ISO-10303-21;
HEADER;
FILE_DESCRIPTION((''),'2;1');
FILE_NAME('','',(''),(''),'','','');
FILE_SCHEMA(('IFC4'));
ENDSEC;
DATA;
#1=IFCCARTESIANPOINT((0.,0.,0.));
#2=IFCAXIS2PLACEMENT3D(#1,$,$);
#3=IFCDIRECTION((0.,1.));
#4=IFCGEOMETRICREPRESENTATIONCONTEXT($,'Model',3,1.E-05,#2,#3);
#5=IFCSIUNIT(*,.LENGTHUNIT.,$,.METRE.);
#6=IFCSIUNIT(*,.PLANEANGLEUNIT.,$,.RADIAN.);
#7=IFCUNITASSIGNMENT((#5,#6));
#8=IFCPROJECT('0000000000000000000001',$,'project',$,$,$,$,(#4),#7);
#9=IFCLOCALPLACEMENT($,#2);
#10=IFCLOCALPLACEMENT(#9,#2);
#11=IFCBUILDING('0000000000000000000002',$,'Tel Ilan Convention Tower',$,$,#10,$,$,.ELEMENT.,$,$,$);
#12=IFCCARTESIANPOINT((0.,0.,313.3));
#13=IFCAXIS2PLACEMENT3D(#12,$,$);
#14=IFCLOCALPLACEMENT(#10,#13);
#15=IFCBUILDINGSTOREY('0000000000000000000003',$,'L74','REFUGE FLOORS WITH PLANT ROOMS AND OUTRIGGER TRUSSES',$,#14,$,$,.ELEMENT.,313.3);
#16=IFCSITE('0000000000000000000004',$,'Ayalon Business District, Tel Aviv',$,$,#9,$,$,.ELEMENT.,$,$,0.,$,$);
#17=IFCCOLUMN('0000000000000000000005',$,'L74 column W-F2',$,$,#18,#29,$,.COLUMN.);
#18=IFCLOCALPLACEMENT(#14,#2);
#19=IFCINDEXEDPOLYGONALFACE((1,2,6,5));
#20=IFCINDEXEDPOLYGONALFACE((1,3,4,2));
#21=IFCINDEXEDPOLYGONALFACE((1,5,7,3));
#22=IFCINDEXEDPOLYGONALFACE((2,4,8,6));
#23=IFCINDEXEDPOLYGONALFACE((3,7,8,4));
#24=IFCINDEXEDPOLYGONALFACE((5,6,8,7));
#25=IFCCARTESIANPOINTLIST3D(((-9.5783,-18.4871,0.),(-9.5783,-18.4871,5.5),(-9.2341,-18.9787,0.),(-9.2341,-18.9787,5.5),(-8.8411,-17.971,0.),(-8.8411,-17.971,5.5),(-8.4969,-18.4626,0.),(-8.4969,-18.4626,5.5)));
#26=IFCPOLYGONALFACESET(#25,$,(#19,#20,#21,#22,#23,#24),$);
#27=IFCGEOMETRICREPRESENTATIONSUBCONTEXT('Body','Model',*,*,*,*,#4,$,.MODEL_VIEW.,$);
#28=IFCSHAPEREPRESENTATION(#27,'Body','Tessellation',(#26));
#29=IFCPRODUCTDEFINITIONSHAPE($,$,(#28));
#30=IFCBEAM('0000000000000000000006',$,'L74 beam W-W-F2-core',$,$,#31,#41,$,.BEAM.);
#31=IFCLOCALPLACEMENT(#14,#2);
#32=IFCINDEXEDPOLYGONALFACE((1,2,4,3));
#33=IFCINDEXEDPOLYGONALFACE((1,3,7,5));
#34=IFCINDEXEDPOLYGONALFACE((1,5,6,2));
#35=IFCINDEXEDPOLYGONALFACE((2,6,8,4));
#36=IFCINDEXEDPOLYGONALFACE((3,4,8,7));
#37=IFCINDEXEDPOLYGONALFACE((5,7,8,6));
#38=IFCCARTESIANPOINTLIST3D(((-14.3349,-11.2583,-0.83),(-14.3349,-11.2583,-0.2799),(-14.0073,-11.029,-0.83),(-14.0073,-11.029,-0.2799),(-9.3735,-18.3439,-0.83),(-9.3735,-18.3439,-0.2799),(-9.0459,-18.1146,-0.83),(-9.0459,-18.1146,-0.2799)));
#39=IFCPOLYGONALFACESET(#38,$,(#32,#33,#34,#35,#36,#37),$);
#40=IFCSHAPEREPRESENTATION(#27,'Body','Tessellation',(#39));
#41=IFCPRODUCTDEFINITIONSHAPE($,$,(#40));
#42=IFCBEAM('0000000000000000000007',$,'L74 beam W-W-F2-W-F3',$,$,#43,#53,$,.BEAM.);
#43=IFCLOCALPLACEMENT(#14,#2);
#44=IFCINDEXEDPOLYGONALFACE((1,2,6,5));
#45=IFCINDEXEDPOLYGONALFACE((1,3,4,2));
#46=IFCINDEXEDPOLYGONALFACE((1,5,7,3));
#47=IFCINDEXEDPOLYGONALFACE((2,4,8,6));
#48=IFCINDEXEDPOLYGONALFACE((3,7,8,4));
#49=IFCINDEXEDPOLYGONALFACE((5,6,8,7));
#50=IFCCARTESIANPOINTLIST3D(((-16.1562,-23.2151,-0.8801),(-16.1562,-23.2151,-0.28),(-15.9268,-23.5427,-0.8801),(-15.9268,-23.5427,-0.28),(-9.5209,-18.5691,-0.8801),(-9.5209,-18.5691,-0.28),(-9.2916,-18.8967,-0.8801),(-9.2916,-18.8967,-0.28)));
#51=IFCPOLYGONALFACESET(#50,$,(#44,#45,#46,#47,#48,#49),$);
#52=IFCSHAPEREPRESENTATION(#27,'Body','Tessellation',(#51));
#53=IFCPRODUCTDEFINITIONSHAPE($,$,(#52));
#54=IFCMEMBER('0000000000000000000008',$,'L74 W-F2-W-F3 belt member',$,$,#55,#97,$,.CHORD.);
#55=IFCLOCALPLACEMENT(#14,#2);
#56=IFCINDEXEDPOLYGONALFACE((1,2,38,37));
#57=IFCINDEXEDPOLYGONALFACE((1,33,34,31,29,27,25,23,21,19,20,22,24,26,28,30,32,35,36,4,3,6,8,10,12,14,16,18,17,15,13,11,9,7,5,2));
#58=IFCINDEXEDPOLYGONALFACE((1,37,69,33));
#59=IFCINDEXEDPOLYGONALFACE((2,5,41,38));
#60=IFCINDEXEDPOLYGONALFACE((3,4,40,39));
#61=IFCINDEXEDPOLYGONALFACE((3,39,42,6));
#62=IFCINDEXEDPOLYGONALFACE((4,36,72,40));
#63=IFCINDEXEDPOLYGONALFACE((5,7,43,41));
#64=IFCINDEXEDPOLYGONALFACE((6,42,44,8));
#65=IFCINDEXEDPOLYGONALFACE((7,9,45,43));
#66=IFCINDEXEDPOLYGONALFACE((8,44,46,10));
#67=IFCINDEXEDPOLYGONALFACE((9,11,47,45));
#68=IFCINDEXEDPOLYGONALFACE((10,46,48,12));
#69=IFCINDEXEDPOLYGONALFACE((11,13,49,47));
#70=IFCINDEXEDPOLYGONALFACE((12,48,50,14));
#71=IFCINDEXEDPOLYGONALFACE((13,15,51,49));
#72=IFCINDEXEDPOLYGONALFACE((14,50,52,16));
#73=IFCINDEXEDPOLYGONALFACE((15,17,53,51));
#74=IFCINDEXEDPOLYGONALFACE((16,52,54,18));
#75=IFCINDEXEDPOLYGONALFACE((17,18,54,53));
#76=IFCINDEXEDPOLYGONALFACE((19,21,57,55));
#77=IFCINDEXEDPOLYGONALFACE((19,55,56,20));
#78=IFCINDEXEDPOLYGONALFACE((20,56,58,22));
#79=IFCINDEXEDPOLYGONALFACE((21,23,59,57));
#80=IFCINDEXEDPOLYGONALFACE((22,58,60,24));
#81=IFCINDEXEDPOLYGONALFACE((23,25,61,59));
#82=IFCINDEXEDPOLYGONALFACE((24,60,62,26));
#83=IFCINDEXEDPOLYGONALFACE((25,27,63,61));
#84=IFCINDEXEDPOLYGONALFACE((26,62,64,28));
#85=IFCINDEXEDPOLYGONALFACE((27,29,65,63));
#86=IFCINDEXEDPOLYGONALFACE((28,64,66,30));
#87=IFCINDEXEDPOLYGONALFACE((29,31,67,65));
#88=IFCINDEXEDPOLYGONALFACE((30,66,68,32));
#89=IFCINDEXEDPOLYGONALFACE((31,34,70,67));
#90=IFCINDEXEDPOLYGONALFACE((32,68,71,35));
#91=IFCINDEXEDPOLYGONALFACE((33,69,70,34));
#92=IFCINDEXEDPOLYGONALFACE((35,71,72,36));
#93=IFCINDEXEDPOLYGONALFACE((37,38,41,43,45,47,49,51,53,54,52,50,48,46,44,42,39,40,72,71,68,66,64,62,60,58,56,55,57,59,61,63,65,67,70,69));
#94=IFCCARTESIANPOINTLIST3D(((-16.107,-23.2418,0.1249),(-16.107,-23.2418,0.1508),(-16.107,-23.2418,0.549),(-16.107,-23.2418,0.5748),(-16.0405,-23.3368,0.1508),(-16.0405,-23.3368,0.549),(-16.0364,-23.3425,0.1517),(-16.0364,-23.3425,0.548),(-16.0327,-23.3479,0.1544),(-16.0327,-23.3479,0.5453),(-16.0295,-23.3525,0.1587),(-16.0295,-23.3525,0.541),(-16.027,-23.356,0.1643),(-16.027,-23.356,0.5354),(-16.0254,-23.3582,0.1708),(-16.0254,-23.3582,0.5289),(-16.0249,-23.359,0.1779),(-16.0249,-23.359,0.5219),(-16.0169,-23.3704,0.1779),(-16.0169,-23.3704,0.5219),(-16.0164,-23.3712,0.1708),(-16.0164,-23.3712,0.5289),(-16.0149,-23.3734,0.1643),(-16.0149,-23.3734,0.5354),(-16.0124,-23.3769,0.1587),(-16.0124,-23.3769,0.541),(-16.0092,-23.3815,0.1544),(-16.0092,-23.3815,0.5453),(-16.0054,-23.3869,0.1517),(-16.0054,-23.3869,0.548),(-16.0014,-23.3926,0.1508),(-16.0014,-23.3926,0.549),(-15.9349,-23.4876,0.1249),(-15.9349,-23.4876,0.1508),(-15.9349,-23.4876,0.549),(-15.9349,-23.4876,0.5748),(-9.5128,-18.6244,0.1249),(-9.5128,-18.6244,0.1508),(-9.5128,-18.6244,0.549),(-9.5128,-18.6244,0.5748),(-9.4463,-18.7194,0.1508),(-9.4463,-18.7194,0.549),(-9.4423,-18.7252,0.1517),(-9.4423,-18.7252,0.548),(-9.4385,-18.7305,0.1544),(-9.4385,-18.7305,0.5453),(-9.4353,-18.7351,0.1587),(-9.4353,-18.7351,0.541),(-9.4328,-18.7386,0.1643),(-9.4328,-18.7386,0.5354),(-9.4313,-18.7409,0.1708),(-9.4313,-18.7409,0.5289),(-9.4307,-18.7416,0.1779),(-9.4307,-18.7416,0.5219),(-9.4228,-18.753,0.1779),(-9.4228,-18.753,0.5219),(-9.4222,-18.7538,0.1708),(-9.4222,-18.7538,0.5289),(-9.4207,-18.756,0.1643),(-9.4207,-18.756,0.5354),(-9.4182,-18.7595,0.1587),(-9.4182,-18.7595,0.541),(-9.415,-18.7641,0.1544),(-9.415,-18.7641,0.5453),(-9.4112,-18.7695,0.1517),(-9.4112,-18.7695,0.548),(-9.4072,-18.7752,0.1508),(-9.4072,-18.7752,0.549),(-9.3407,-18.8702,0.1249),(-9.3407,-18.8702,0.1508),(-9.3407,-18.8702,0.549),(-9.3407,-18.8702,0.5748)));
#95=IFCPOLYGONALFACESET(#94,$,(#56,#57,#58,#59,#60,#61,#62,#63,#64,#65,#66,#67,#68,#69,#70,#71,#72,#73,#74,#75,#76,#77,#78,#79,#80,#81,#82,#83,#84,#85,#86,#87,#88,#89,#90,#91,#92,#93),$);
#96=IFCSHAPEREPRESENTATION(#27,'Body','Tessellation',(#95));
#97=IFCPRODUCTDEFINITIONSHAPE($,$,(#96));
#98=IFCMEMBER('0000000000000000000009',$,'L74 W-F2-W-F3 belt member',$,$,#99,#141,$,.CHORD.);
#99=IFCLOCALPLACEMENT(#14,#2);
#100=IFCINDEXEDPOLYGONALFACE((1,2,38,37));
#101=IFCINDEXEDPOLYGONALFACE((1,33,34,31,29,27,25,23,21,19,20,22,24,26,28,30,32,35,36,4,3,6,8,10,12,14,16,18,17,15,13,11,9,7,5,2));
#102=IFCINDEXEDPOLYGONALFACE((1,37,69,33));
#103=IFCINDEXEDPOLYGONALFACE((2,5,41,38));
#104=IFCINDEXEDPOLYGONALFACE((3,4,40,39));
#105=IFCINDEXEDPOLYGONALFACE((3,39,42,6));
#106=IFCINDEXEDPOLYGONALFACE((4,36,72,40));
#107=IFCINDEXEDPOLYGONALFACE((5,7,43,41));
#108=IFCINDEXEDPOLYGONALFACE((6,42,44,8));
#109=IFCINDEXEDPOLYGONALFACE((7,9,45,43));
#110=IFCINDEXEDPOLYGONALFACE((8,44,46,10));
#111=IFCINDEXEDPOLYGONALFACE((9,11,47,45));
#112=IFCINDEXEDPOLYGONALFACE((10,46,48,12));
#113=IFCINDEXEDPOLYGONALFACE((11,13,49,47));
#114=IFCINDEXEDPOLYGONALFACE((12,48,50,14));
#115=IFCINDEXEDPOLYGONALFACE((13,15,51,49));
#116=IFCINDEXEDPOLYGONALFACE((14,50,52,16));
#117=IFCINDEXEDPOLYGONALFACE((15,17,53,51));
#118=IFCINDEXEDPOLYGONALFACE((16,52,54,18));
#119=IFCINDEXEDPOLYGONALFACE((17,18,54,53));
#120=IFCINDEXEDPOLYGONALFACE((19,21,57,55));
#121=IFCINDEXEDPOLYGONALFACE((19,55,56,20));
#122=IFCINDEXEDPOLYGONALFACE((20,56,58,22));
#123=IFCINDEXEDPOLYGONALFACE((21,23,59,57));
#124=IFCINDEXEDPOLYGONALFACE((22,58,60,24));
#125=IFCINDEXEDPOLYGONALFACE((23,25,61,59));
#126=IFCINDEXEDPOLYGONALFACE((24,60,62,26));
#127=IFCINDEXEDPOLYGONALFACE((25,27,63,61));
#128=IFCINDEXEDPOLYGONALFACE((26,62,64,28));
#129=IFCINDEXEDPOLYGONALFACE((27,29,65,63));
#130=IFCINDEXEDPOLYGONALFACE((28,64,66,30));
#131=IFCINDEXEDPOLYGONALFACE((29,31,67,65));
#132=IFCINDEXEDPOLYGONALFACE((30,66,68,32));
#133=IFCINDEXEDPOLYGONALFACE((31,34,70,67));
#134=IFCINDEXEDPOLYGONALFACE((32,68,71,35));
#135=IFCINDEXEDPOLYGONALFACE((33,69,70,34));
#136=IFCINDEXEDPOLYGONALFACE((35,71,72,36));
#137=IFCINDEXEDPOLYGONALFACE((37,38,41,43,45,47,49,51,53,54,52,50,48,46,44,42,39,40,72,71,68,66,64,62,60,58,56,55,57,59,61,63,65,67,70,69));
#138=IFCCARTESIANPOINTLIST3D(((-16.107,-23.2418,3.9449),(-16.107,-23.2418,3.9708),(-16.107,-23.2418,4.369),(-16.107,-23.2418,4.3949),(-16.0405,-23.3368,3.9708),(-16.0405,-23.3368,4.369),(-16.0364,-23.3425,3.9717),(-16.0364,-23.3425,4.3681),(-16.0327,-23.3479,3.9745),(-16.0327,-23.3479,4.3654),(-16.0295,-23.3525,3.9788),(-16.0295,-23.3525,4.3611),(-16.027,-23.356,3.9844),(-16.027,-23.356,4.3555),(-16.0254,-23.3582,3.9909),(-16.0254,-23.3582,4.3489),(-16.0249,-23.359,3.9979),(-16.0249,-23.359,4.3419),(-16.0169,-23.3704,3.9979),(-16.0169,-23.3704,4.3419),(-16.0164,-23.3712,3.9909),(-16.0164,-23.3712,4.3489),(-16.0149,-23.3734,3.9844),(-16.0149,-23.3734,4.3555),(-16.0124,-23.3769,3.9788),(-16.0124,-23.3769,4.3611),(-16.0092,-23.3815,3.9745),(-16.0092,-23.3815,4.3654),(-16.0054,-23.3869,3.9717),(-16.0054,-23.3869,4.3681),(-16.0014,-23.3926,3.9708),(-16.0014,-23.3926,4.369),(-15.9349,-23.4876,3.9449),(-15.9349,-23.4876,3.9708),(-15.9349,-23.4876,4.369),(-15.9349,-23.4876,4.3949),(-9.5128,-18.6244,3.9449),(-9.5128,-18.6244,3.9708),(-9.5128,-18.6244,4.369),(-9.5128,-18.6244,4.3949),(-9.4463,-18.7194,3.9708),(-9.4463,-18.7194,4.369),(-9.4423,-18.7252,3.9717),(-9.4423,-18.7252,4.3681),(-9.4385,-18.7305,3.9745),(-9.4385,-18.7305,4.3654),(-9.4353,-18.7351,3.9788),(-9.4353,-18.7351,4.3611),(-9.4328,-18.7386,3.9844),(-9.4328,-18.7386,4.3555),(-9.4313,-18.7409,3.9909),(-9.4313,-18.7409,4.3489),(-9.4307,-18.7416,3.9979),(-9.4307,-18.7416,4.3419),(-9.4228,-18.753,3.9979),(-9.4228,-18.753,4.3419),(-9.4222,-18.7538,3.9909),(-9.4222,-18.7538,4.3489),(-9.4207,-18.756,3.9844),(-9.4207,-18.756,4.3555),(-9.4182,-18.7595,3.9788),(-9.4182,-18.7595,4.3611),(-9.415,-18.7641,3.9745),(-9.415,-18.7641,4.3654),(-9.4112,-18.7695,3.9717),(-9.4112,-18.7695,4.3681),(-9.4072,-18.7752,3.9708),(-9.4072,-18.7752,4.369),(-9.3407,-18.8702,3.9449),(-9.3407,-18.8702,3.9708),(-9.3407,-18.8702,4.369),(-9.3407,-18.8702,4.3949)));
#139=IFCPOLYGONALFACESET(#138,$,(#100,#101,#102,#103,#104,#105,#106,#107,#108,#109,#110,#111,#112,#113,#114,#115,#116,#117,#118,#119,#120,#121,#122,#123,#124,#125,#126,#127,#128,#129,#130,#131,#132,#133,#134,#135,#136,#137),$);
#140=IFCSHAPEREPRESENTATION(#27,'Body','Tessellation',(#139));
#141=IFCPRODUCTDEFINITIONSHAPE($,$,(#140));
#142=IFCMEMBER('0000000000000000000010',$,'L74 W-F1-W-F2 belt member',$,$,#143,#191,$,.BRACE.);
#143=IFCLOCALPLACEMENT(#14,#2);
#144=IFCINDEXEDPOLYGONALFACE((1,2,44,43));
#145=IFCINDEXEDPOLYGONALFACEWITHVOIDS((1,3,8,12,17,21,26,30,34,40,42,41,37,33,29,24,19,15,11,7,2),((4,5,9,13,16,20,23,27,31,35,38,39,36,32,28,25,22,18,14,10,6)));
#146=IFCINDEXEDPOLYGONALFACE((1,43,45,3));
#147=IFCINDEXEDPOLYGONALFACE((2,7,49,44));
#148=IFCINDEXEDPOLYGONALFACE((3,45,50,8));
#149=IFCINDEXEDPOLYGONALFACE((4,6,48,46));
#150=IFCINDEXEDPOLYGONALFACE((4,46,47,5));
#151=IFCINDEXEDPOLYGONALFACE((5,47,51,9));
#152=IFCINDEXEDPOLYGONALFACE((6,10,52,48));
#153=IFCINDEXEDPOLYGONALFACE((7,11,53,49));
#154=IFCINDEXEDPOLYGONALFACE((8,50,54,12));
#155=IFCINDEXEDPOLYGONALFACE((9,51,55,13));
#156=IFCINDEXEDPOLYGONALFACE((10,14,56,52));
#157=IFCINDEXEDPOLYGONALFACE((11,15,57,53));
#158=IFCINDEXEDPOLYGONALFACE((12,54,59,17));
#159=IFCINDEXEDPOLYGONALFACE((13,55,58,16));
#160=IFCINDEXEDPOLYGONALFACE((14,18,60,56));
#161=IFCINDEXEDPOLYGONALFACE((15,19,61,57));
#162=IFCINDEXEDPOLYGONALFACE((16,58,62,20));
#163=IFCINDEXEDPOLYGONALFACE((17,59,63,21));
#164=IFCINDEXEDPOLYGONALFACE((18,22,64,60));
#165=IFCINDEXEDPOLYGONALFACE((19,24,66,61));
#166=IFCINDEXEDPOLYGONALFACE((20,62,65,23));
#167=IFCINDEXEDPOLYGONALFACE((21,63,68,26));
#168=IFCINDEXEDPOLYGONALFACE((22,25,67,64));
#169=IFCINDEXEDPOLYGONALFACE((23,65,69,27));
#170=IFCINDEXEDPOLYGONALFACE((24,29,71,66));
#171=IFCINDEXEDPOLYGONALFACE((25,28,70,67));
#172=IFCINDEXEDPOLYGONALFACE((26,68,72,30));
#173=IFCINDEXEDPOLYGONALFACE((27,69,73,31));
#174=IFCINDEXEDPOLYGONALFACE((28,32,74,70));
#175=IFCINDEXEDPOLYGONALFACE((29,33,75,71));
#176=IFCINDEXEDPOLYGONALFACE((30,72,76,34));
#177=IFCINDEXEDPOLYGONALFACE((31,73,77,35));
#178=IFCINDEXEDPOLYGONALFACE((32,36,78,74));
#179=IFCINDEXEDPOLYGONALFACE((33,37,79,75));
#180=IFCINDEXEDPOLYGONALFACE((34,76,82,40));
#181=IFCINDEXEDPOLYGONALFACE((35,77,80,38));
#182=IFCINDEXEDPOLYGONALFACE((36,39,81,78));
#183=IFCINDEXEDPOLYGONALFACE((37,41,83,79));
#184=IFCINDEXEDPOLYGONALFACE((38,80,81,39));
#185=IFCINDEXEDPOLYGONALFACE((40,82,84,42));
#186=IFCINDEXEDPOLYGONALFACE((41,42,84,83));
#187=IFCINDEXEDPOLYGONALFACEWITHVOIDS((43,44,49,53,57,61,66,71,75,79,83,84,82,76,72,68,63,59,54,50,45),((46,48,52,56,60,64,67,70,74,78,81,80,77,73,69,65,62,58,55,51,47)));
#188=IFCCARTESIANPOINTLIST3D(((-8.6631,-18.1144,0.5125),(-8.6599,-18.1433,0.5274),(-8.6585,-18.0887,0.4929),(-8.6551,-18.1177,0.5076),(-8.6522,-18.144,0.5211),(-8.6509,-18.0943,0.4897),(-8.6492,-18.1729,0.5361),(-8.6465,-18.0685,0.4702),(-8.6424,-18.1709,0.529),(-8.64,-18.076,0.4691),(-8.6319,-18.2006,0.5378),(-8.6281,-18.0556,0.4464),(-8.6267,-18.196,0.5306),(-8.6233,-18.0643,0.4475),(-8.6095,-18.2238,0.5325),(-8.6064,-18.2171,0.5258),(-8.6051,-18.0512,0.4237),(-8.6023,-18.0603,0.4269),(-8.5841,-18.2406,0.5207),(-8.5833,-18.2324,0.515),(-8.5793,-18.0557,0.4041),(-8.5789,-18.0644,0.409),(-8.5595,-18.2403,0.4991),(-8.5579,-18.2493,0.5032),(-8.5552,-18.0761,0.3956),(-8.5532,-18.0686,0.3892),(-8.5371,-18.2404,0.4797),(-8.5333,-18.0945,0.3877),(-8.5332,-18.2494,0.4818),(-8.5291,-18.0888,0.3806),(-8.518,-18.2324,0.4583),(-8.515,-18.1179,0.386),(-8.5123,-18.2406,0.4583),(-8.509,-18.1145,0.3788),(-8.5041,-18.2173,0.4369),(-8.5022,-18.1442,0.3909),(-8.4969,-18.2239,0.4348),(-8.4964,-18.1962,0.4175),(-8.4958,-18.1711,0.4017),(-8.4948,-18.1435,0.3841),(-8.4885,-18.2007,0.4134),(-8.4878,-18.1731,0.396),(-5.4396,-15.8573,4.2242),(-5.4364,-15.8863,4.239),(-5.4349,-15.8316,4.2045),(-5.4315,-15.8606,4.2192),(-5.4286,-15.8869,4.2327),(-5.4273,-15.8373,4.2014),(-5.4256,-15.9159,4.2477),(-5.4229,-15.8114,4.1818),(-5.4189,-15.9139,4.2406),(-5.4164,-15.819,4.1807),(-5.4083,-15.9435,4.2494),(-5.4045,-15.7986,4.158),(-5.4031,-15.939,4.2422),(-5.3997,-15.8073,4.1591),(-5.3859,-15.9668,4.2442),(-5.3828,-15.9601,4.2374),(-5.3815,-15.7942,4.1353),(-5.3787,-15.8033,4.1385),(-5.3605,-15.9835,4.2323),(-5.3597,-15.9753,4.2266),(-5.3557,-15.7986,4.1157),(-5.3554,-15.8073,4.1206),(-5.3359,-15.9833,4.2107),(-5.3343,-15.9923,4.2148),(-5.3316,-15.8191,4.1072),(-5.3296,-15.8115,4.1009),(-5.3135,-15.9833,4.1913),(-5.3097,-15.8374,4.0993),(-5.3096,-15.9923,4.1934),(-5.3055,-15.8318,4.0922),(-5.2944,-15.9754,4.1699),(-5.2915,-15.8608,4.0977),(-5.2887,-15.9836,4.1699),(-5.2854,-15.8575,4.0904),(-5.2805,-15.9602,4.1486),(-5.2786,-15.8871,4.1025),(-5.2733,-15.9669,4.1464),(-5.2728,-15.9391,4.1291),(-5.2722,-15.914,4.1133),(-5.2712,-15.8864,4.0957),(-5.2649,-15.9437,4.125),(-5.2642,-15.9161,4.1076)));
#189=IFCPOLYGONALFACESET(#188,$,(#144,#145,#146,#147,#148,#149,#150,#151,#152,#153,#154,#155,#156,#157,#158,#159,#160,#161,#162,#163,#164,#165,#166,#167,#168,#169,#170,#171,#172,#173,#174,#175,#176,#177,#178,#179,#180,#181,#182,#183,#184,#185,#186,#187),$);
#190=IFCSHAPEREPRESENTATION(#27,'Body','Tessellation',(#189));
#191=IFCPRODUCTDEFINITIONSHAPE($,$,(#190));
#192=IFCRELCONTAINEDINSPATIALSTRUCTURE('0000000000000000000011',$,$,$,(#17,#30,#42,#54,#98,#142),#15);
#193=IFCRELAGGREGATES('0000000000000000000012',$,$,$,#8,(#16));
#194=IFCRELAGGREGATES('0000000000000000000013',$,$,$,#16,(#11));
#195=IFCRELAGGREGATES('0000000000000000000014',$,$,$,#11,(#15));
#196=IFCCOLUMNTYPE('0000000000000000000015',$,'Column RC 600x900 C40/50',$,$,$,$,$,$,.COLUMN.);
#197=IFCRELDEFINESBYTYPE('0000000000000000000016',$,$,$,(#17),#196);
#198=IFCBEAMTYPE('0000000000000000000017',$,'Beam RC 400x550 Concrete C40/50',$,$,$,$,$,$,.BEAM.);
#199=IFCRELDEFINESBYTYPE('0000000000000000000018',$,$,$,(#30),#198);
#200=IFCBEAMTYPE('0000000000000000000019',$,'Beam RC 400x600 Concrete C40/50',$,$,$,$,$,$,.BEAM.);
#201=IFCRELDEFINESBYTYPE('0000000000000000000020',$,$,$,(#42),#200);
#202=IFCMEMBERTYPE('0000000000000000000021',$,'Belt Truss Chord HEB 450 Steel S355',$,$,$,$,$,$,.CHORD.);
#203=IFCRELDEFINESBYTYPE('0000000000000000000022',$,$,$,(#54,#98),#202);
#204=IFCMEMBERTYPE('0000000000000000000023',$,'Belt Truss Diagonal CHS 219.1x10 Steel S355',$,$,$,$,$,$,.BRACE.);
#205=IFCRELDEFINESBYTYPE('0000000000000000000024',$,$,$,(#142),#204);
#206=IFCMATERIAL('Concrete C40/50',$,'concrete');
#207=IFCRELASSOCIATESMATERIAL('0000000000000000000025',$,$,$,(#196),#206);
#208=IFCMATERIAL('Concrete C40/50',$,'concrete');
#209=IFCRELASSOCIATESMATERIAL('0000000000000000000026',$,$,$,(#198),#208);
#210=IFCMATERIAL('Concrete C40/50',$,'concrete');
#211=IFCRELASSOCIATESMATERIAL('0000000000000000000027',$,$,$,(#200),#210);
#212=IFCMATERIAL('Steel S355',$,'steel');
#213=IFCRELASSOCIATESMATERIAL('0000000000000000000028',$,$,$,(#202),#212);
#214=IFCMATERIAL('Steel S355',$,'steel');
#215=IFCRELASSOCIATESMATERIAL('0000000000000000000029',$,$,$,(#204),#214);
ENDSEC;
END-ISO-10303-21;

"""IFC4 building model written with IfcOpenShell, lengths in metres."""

from ifc_helpers import new_model, si_unit, direction, frame, origin, origin_2d, place, context, subcontext, project, spatial, rectangle, hollow_circle, i_section, extrude, material, material_profile, profile_set, type_object, element, save


model = new_model("IFC4")

# Units and contexts
model_context = context("Model", 3, precision=1e-05, world=origin(), true_north=direction((0.0, 1.0)))
body_context = subcontext(model_context, "Body", "Model", "MODEL_VIEW")
ifc_project = project(units=[si_unit("LENGTHUNIT", "METRE"), si_unit("PLANEANGLEUNIT", "RADIAN")], contexts=[model_context])

# Site, building, storey
site_placement = place(None, origin())
site = spatial("IfcSite", under=ifc_project, at=site_placement, Name="Ayalon Business District, Tel Aviv", CompositionType="ELEMENT", RefElevation=0.0)
building_placement = place(site_placement, origin())
building = spatial("IfcBuilding", under=site, at=building_placement, Name="Tel Ilan Convention Tower", CompositionType="ELEMENT")
storey_placement = place(building_placement, frame((0.0, 0.0, 313.3)))
storey = spatial("IfcBuildingStorey", under=building, at=storey_placement, Name="L74", Description="REFUGE FLOORS WITH PLANT ROOMS AND OUTRIGGER TRUSSES", CompositionType="ELEMENT", Elevation=313.3)

# Column
ifc_material_1 = material(Name="Concrete C40/50", Category="concrete")
ifc_material_profile_1 = material_profile(ifc_material_1, rectangle(XDim=0.8999, YDim=0.6001, at=origin_2d()), Name="RC 600x900")
ifc_profile_set_1 = profile_set([ifc_material_profile_1], Name="Concrete C40/50")
column_type = type_object("IfcColumnType", Name="Column RC 600x900 C40/50", PredefinedType="COLUMN", material=ifc_profile_set_1)
column_placement = place(storey_placement, frame((-9.0376, -18.4749, 0.0), z_axis=(0.0, 0.0, 1.0), x_axis=(-0.819152, -0.573576, 0.0)))
element("IfcColumn", 1, at=column_placement, inside=storey, type_object=column_type, Name="L74 column W-F2", PredefinedType="COLUMN", context=body_context, shape_type="SweptSolid", body=[
    extrude(rectangle(XDim=0.8999, YDim=0.6001, at=origin_2d()), origin(), (0.0, 0.0, 1.0), 5.5),
])

# Beams
ifc_material_2 = material(Name="Concrete C40/50", Category="concrete")
ifc_material_profile_2 = material_profile(ifc_material_2, rectangle(XDim=0.3999, YDim=0.55, at=origin_2d()), Name="RC 400x550")
ifc_profile_set_2 = profile_set([ifc_material_profile_2], Name="Concrete C40/50")
beam_type_1 = type_object("IfcBeamType", Name="Beam RC 400x550 Concrete C40/50", PredefinedType="BEAM", material=ifc_profile_set_2)
beam_1_placement = place(storey_placement, frame((-9.2097, -18.2292, -0.5549), z_axis=(-0.573574, 0.819154, 0.0), x_axis=(-0.819154, -0.573574, 0.0)))
element("IfcBeam", 2, at=beam_1_placement, inside=storey, type_object=beam_type_1, Name="L74 beam W-W-F2-core", PredefinedType="BEAM", context=body_context, shape_type="SweptSolid", body=[
    extrude(rectangle(XDim=0.3999, YDim=0.55, at=origin_2d()), origin(), (0.0, 0.0, 1.0), 8.6499),
])
ifc_material_3 = material(Name="Concrete C40/50", Category="concrete")
ifc_material_profile_3 = material_profile(ifc_material_3, rectangle(XDim=0.3999, YDim=0.6001, at=origin_2d()), Name="RC 400x600")
ifc_profile_set_3 = profile_set([ifc_material_profile_3], Name="Concrete C40/50")
beam_type_2 = type_object("IfcBeamType", Name="Beam RC 400x600 Concrete C40/50", PredefinedType="BEAM", material=ifc_profile_set_3)
beam_2_placement = place(storey_placement, frame((-9.4062, -18.7329, -0.5801), z_axis=(-0.819155, -0.573572, 0.0), x_axis=(0.573572, -0.819155, 0.0)))
element("IfcBeam", 3, at=beam_2_placement, inside=storey, type_object=beam_type_2, Name="L74 beam W-W-F2-W-F3", PredefinedType="BEAM", context=body_context, shape_type="SweptSolid", body=[
    extrude(rectangle(XDim=0.3999, YDim=0.6001, at=origin_2d()), origin(), (0.0, 0.0, 1.0), 8.1001),
])

# Members
ifc_material_4 = material(Name="Steel S355", Category="steel")
ifc_material_profile_4 = material_profile(ifc_material_4, i_section(OverallWidth=0.3, OverallDepth=0.45, WebThickness=0.0139, FlangeThickness=0.0259, FilletRadius=0.0271, at=origin_2d()), Name="HEB 450")
ifc_profile_set_4 = profile_set([ifc_material_profile_4], Name="Steel S355")
member_type_1 = type_object("IfcMemberType", Name="Belt Truss Chord HEB 450 Steel S355", PredefinedType="CHORD", material=ifc_profile_set_4)
for number, where, z_axis, x_axis, name in (
    (4, (-9.4268, -18.7473, 0.3499), (-0.819146, -0.573584, 0.0), (0.573584, -0.819146, 0.0), "L74 W-F2-W-F3 belt member"),
    (5, (-9.4268, -18.7473, 4.1699), (-0.819146, -0.573584, 0.0), (0.573584, -0.819146, 0.0), "L74 W-F2-W-F3 belt member"),
):
    element("IfcMember", number, at=place(storey_placement, frame(where, z_axis=z_axis, x_axis=x_axis)), inside=storey, type_object=member_type_1, Name=name, PredefinedType="CHORD", context=body_context, shape_type="SweptSolid", body=[
        extrude(i_section(OverallWidth=0.3, OverallDepth=0.45, WebThickness=0.0139, FlangeThickness=0.0259, FilletRadius=0.0271, at=origin_2d()), origin(), (0.0, 0.0, 1.0), 8.05),
    ])
ifc_material_5 = material(Name="Steel S355", Category="steel")
ifc_material_profile_5 = material_profile(ifc_material_5, hollow_circle(Radius=0.1096, WallThickness=0.01, at=origin_2d()), Name="CHS 219.1x10")
ifc_profile_set_5 = profile_set([ifc_material_profile_5], Name="Steel S355")
member_type_2 = type_object("IfcMemberType", Name="Belt Truss Diagonal CHS 219.1x10 Steel S355", PredefinedType="BRACE", material=ifc_profile_set_5)
for number, where, z_axis, x_axis, name in (
    (6, (-5.3516, -15.8938, 4.1699), (-0.59592, -0.417244, -0.686139), (0.573554, -0.819168, 0.0), "L74 W-F1-W-F2 belt member"),
):
    element("IfcMember", number, at=place(storey_placement, frame(where, z_axis=z_axis, x_axis=x_axis)), inside=storey, type_object=member_type_2, Name=name, PredefinedType="BRACE", context=body_context, shape_type="SweptSolid", body=[
        extrude(hollow_circle(Radius=0.1096, WallThickness=0.01, at=origin_2d()), origin(), (0.0, 0.0, 1.0), 5.4094),
    ])

save(model, "model.ifc")
